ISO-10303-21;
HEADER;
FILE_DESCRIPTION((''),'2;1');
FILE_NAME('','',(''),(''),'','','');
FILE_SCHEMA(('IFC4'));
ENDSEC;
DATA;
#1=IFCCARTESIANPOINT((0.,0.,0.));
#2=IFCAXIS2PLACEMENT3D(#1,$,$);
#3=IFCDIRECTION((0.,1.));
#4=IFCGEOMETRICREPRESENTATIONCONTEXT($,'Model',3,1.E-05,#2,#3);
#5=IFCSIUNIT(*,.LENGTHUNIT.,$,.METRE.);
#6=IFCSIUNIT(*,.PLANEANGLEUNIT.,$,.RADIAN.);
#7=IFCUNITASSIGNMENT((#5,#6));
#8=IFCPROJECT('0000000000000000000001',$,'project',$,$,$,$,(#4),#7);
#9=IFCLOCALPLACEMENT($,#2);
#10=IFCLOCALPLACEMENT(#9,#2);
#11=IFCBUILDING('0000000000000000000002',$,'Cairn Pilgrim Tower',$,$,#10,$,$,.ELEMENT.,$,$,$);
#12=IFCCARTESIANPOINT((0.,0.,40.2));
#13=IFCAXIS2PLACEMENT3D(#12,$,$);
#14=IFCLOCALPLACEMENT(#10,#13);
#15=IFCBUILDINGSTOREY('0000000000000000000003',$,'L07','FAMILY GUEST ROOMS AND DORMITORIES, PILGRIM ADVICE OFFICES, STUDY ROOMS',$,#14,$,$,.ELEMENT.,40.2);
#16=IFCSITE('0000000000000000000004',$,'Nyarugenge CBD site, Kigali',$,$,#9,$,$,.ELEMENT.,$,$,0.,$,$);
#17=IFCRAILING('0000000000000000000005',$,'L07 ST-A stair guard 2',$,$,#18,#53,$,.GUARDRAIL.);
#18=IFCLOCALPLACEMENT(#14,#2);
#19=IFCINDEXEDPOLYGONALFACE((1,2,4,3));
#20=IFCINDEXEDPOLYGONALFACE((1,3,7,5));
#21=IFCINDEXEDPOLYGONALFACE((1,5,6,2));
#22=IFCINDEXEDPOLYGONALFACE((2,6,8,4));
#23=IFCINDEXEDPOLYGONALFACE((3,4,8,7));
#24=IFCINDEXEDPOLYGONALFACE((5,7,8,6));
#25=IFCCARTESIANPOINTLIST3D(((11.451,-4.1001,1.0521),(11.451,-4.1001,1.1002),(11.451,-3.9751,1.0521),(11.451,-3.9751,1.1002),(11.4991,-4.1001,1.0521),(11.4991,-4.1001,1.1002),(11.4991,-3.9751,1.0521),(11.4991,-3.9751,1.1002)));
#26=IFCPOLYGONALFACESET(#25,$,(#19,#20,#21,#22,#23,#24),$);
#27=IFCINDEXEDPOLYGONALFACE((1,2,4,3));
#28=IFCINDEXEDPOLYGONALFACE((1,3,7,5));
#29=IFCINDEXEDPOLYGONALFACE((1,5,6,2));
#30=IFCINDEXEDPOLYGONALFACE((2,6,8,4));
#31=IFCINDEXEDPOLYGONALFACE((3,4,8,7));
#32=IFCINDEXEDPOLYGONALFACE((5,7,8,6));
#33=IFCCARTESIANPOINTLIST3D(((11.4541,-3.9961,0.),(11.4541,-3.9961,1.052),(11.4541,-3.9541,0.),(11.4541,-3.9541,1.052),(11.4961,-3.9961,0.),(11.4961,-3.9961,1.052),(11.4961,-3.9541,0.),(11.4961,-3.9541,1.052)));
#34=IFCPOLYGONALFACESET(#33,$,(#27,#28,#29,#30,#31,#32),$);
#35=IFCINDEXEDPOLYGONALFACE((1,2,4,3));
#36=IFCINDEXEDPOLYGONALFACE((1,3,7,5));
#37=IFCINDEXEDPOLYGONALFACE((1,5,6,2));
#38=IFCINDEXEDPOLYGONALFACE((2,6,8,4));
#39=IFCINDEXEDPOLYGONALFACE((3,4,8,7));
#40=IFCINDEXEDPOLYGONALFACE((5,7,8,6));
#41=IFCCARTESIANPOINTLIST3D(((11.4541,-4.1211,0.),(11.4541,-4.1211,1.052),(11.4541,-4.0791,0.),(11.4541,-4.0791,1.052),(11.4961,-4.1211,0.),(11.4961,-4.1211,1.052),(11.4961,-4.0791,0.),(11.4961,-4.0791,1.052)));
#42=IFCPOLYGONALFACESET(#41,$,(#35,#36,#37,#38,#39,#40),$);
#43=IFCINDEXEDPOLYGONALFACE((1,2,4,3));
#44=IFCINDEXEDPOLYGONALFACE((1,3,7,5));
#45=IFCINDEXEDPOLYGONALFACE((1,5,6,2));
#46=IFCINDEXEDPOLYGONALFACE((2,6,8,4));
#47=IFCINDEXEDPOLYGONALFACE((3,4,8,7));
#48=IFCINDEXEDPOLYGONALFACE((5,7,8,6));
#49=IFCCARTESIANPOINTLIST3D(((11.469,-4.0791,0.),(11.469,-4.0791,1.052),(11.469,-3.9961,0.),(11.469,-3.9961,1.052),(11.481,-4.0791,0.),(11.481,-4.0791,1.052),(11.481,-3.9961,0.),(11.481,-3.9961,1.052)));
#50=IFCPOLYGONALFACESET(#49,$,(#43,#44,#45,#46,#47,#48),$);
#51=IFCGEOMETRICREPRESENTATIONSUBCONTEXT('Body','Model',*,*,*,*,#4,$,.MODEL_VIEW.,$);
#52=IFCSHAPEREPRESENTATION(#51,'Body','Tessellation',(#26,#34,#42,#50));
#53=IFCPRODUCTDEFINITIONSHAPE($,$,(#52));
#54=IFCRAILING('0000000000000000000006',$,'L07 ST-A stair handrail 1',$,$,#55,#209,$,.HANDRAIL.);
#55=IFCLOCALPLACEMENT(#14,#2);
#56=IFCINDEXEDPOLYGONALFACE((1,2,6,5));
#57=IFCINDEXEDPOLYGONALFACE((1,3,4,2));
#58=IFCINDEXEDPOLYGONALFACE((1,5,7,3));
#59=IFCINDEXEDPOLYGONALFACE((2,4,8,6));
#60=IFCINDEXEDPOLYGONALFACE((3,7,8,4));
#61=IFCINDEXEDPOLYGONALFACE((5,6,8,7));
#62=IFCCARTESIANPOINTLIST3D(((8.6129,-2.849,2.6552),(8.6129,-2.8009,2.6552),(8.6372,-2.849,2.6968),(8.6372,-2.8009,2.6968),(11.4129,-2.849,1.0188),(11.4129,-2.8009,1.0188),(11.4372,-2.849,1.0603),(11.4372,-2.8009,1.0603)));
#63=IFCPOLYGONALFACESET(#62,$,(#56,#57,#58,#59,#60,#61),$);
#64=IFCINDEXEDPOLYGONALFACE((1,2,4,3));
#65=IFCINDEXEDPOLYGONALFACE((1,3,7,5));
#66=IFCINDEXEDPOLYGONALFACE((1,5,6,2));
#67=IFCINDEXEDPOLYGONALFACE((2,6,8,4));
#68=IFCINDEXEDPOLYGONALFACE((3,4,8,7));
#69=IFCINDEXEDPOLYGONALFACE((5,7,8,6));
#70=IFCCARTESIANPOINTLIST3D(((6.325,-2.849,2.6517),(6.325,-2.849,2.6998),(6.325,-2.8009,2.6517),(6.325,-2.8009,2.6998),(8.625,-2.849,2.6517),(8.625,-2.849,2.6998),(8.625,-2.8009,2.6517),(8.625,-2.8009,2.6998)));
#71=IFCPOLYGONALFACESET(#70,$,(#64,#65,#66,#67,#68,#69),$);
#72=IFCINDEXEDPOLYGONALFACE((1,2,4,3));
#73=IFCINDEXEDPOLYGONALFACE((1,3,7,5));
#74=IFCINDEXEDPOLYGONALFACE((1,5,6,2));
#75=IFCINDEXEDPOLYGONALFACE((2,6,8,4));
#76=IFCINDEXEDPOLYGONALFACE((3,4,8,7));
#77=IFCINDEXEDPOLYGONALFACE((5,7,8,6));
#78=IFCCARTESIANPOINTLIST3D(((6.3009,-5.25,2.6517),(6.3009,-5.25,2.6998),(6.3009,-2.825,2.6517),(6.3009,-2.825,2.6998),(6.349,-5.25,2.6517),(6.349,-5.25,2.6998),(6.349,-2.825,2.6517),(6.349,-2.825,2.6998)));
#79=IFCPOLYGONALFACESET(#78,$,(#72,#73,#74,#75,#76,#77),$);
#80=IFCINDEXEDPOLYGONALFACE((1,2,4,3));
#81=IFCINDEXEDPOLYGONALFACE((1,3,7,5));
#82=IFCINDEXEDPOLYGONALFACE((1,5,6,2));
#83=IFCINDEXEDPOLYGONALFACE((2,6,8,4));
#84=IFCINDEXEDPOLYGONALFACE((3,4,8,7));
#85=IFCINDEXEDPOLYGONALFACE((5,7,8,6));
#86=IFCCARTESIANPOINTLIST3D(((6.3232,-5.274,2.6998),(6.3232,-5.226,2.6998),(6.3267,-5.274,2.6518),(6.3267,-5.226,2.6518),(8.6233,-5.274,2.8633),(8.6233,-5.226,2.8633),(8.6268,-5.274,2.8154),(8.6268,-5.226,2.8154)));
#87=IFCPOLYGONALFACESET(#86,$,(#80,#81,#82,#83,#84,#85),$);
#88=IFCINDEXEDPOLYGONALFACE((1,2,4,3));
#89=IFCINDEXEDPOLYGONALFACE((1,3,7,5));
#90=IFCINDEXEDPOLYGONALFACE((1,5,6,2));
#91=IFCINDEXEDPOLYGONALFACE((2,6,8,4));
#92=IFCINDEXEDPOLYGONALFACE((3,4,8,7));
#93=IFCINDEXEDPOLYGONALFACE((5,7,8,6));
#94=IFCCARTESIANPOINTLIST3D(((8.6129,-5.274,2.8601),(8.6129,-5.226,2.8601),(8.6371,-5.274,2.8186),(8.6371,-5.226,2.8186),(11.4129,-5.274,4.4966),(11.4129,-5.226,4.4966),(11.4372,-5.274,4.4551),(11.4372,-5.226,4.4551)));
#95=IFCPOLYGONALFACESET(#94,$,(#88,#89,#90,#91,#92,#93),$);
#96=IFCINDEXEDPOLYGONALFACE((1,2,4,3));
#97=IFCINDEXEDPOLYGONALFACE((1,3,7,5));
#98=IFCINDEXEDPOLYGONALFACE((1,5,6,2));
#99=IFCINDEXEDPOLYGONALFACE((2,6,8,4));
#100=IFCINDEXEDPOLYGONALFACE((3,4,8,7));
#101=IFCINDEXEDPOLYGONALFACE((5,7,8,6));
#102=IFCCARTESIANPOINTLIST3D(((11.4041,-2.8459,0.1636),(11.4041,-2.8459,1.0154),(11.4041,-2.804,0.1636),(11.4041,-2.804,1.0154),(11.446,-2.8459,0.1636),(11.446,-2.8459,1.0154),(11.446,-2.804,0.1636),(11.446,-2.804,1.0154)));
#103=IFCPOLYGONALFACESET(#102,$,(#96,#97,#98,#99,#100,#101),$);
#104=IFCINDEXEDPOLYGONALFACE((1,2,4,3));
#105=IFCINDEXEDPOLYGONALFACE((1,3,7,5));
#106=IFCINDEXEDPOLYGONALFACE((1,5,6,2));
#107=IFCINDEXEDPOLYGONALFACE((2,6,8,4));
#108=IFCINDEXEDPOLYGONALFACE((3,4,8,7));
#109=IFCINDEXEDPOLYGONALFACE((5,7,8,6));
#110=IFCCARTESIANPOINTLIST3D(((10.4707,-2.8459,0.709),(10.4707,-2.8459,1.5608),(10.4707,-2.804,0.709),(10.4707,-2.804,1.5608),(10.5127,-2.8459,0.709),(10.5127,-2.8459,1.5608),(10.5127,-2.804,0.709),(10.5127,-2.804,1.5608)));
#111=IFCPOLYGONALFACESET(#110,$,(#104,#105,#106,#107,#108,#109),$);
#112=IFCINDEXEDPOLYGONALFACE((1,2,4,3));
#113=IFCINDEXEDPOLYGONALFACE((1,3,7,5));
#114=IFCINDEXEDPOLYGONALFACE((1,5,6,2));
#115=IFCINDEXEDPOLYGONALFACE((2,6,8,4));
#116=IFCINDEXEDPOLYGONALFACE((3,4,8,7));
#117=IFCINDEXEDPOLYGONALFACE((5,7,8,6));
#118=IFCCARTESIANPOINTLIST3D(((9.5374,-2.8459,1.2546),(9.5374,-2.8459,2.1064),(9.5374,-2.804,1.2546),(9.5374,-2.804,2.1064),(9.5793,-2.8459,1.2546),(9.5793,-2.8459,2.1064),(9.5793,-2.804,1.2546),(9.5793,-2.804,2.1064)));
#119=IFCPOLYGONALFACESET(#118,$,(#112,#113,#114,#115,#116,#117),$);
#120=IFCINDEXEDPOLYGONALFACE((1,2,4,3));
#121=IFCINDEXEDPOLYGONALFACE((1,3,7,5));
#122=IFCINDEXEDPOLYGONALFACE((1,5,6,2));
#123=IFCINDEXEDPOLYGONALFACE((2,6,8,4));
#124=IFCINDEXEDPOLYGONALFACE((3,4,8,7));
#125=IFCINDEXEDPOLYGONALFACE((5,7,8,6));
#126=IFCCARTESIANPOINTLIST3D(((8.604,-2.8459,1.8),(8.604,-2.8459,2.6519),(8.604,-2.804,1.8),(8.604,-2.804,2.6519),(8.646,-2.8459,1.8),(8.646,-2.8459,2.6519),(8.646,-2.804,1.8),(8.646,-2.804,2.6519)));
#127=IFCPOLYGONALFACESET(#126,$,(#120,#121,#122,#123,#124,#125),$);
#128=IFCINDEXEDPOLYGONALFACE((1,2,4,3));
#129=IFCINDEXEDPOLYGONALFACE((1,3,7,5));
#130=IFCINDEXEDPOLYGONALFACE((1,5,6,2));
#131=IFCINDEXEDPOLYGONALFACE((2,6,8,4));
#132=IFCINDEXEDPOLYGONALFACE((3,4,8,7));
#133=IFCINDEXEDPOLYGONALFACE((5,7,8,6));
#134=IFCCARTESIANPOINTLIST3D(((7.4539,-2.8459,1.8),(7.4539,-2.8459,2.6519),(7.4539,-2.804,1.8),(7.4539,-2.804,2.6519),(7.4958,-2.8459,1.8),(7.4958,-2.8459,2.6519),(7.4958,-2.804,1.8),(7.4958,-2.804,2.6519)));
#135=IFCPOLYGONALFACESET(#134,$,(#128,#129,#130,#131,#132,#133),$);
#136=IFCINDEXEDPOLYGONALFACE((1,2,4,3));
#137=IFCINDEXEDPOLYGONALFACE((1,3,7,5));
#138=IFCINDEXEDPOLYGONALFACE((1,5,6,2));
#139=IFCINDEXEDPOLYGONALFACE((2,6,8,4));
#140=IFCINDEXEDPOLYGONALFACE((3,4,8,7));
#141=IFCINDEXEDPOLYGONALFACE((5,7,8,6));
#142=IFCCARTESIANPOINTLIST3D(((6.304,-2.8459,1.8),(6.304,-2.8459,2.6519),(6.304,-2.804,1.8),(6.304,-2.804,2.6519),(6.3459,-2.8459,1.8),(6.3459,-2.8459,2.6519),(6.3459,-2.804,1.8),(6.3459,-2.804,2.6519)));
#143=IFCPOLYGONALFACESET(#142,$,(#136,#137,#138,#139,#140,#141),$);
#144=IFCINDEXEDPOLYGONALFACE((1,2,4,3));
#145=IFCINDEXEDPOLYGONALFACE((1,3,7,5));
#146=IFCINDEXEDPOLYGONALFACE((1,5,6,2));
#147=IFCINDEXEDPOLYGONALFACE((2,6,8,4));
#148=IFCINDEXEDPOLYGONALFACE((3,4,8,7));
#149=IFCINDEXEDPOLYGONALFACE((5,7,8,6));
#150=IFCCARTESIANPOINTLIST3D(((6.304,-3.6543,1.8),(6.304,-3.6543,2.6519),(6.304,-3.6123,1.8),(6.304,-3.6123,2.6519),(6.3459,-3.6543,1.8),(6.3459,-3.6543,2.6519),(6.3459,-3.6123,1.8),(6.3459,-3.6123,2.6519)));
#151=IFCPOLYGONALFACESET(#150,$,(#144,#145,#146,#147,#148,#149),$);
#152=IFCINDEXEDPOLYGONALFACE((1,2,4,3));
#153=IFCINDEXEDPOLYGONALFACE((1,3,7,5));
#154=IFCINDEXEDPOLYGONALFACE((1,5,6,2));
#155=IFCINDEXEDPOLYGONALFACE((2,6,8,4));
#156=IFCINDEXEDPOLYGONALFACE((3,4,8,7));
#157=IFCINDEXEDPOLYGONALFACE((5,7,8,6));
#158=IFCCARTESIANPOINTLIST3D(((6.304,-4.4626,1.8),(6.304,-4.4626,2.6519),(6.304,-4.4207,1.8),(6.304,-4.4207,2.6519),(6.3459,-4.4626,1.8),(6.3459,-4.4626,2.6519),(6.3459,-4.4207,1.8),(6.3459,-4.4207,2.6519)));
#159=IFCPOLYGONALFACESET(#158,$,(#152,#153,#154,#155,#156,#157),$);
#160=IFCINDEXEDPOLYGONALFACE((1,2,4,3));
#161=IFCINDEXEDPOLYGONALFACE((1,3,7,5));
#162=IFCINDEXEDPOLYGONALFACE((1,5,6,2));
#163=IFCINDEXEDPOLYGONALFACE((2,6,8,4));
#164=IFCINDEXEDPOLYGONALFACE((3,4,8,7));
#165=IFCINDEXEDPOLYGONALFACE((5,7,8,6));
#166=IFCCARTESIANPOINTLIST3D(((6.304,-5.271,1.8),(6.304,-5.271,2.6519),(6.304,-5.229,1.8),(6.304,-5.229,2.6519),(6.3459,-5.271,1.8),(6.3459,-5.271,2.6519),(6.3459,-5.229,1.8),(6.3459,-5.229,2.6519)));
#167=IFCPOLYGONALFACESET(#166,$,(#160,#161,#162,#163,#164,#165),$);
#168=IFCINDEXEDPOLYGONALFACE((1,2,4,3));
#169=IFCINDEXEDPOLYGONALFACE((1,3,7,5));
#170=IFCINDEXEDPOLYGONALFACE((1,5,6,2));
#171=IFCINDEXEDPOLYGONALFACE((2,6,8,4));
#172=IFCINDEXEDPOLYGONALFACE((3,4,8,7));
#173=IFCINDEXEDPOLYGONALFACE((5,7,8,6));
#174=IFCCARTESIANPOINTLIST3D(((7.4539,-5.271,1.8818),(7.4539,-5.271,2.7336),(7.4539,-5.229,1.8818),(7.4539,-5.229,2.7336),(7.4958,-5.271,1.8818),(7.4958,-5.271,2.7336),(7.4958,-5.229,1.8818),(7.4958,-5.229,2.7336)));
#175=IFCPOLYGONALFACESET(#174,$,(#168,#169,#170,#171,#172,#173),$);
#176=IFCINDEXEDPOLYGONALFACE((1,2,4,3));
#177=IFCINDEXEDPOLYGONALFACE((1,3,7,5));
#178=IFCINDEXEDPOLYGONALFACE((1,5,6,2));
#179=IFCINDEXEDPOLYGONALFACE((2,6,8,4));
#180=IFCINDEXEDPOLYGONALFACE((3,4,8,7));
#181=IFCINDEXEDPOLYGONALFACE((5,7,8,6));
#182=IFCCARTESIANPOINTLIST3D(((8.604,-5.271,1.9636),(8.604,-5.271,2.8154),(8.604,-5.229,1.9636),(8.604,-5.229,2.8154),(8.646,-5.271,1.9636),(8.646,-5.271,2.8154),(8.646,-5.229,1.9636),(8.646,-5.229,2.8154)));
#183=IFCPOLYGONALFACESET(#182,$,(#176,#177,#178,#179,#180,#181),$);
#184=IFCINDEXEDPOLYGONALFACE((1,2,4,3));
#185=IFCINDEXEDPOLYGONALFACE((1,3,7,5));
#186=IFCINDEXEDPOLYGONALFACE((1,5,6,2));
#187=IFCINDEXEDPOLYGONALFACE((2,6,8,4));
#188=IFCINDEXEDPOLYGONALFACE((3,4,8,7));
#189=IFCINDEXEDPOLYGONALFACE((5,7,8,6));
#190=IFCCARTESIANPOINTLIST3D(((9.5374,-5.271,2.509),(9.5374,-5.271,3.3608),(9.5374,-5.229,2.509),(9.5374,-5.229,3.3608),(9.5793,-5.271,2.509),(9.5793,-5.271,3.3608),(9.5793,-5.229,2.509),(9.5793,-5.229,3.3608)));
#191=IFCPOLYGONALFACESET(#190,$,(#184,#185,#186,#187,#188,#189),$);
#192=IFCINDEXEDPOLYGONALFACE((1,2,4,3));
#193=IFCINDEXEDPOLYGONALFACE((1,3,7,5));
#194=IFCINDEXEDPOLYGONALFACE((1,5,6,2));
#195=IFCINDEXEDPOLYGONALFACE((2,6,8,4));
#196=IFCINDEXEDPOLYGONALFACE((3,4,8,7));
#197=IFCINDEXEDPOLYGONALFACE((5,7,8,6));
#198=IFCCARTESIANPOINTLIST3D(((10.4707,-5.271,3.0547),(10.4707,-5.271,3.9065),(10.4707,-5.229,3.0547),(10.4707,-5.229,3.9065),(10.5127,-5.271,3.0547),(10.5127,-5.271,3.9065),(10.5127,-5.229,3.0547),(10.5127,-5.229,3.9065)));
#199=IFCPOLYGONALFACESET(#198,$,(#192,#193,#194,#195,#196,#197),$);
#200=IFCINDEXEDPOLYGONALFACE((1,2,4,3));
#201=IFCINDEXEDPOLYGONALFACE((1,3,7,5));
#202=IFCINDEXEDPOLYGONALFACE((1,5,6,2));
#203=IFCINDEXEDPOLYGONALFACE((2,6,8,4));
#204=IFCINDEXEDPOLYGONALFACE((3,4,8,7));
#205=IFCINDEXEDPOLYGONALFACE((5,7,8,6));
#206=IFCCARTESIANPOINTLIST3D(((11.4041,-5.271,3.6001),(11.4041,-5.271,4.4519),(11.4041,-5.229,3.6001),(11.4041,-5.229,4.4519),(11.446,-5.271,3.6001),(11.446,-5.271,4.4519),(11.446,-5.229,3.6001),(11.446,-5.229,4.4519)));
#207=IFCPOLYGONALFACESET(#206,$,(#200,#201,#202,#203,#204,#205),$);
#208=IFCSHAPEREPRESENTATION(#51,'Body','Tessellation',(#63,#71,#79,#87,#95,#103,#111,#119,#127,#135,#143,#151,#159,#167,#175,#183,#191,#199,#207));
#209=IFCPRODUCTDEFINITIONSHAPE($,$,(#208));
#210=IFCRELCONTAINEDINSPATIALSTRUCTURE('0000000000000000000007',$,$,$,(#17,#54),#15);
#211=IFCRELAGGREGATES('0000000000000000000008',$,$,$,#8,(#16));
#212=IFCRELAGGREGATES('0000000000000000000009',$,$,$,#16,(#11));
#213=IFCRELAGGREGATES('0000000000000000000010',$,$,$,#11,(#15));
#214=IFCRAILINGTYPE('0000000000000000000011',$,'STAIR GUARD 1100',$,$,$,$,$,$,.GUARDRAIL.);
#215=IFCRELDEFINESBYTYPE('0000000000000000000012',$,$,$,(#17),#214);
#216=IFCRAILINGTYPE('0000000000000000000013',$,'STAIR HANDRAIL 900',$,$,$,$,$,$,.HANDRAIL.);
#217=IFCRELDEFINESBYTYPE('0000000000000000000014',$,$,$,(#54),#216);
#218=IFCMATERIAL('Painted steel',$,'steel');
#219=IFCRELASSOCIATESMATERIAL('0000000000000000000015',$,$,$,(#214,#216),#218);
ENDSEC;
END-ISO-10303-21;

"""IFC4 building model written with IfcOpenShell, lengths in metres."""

from ifc_helpers import new_model, si_unit, direction, frame, origin, origin_2d, place, context, subcontext, project, spatial, polyline, rectangle, outline, extrude, material, type_object, element, save


model = new_model("IFC4")

# Units and contexts
model_context = context("Model", 3, precision=1e-05, world=origin(), true_north=direction((0.0, 1.0)))
body_context = subcontext(model_context, "Body", "Model", "MODEL_VIEW")
ifc_project = project(units=[si_unit("LENGTHUNIT", "METRE"), si_unit("PLANEANGLEUNIT", "RADIAN")], contexts=[model_context])

# Site, building, storey
site_placement = place(None, origin())
site = spatial("IfcSite", under=ifc_project, at=site_placement, Name="Nyarugenge CBD site, Kigali", CompositionType="ELEMENT", RefElevation=0.0)
building_placement = place(site_placement, origin())
building = spatial("IfcBuilding", under=site, at=building_placement, Name="Cairn Pilgrim Tower", CompositionType="ELEMENT")
storey_placement = place(building_placement, frame((0.0, 0.0, 40.2)))
storey = spatial("IfcBuildingStorey", under=building, at=storey_placement, Name="L07", Description="FAMILY GUEST ROOMS AND DORMITORIES, PILGRIM ADVICE OFFICES, STUDY ROOMS", CompositionType="ELEMENT", Elevation=40.2)

# Shared definitions
ifc_material_1 = material(Name="Painted steel", Category="steel")

# Railings
railing_type_1 = type_object("IfcRailingType", Name="STAIR GUARD 1100", PredefinedType="GUARDRAIL", material=ifc_material_1)
railing_1_placement = place(storey_placement, frame((11.4751, -3.9751, 0.0)))
element("IfcRailing", 1, at=railing_1_placement, inside=storey, type_object=railing_type_1, Name="L07 ST-A stair guard 2", PredefinedType="GUARDRAIL", context=body_context, shape_type="SweptSolid", body=[
    extrude(rectangle(XDim=0.0481, YDim=0.0481, at=origin_2d()), frame((0.0, 0.0, 1.0762), z_axis=(0.0, -1.0, 0.0), x_axis=(1.0, 0.0, 0.0)), (0.0, 0.0, 1.0), 0.125),
    extrude(rectangle(XDim=0.042, YDim=0.042, at=origin_2d()), origin(), (0.0, 0.0, 1.0), 1.052),
    extrude(rectangle(XDim=0.042, YDim=0.042, at=origin_2d()), frame((0.0, -0.125, 0.0)), (0.0, 0.0, 1.0), 1.052),
    extrude(outline(polyline([(0.021, 0.0), (0.104, 0.0), (0.104, 1.052), (0.021, 1.052), (0.021, 0.0)])), frame((0.0059, 0.0, 0.0), z_axis=(-1.0, 0.0, 0.0), x_axis=(0.0, -1.0, 0.0)), (0.0, 0.0, 1.0), 0.012),
])
railing_type_2 = type_object("IfcRailingType", Name="STAIR HANDRAIL 900", PredefinedType="HANDRAIL", material=ifc_material_1)
railing_2_placement = place(storey_placement, frame((11.425, -2.825, 0.1636)))
element("IfcRailing", 2, at=railing_2_placement, inside=storey, type_object=railing_type_2, Name="L07 ST-A stair handrail 1", PredefinedType="HANDRAIL", context=body_context, shape_type="SweptSolid", body=[
    extrude(rectangle(XDim=0.0481, YDim=0.0481, at=origin_2d()), frame((0.0, 0.0, 0.876), z_axis=(-0.863361, 0.0, 0.504587), x_axis=(0.0, -1.0, 0.0)), (0.0, 0.0, 1.0), 3.2432),
    extrude(rectangle(XDim=0.0481, YDim=0.0481, at=origin_2d()), frame((-2.8, 0.0, 2.5122), z_axis=(-1.0, 0.0, 0.0), x_axis=(0.0, -1.0, 0.0)), (0.0, 0.0, 1.0), 2.3),
    extrude(rectangle(XDim=0.0481, YDim=0.0481, at=origin_2d()), frame((-5.1001, 0.0, 2.5122), z_axis=(0.0, -1.0, 0.0), x_axis=(1.0, 0.0, 0.0)), (0.0, 0.0, 1.0), 2.425),
    extrude(rectangle(XDim=0.0481, YDim=0.0481, at=origin_2d()), frame((-5.1001, -2.425, 2.5122), z_axis=(0.997481, 0.0, 0.070939), x_axis=(0.0, 1.0, 0.0)), (0.0, 0.0, 1.0), 2.3059),
    extrude(rectangle(XDim=0.0481, YDim=0.0481, at=origin_2d()), frame((-2.8, -2.425, 2.6758), z_axis=(0.863361, 0.0, 0.504587), x_axis=(0.0, 1.0, 0.0)), (0.0, 0.0, 1.0), 3.2432),
    extrude(rectangle(XDim=0.042, YDim=0.042, at=origin_2d()), origin(), (0.0, 0.0, 1.0), 0.8518),
    extrude(rectangle(XDim=0.042, YDim=0.042, at=origin_2d()), frame((-0.9333, 0.0, 0.5454)), (0.0, 0.0, 1.0), 0.8518),
    extrude(rectangle(XDim=0.042, YDim=0.042, at=origin_2d()), frame((-1.8667, 0.0, 1.0911)), (0.0, 0.0, 1.0), 0.8518),
    extrude(rectangle(XDim=0.042, YDim=0.042, at=origin_2d()), frame((-2.8, 0.0, 1.6365)), (0.0, 0.0, 1.0), 0.8518),
    extrude(rectangle(XDim=0.042, YDim=0.042, at=origin_2d()), frame((-3.9502, 0.0, 1.6365)), (0.0, 0.0, 1.0), 0.8518),
    extrude(rectangle(XDim=0.042, YDim=0.042, at=origin_2d()), frame((-5.1001, 0.0, 1.6365)), (0.0, 0.0, 1.0), 0.8518),
    extrude(rectangle(XDim=0.042, YDim=0.042, at=origin_2d()), frame((-5.1001, -0.8083, 1.6365)), (0.0, 0.0, 1.0), 0.8518),
    extrude(rectangle(XDim=0.042, YDim=0.042, at=origin_2d()), frame((-5.1001, -1.6167, 1.6365)), (0.0, 0.0, 1.0), 0.8518),
    extrude(rectangle(XDim=0.042, YDim=0.042, at=origin_2d()), frame((-5.1001, -2.425, 1.6365)), (0.0, 0.0, 1.0), 0.8518),
    extrude(rectangle(XDim=0.042, YDim=0.042, at=origin_2d()), frame((-3.9502, -2.425, 1.7183)), (0.0, 0.0, 1.0), 0.8518),
    extrude(rectangle(XDim=0.042, YDim=0.042, at=origin_2d()), frame((-2.8, -2.425, 1.8)), (0.0, 0.0, 1.0), 0.8518),
    extrude(rectangle(XDim=0.042, YDim=0.042, at=origin_2d()), frame((-1.8667, -2.425, 2.3455)), (0.0, 0.0, 1.0), 0.8518),
    extrude(rectangle(XDim=0.042, YDim=0.042, at=origin_2d()), frame((-0.9333, -2.425, 2.8911)), (0.0, 0.0, 1.0), 0.8518),
    extrude(rectangle(XDim=0.042, YDim=0.042, at=origin_2d()), frame((0.0, -2.425, 3.4365)), (0.0, 0.0, 1.0), 0.8518),
])

save(model, "model.ifc")
